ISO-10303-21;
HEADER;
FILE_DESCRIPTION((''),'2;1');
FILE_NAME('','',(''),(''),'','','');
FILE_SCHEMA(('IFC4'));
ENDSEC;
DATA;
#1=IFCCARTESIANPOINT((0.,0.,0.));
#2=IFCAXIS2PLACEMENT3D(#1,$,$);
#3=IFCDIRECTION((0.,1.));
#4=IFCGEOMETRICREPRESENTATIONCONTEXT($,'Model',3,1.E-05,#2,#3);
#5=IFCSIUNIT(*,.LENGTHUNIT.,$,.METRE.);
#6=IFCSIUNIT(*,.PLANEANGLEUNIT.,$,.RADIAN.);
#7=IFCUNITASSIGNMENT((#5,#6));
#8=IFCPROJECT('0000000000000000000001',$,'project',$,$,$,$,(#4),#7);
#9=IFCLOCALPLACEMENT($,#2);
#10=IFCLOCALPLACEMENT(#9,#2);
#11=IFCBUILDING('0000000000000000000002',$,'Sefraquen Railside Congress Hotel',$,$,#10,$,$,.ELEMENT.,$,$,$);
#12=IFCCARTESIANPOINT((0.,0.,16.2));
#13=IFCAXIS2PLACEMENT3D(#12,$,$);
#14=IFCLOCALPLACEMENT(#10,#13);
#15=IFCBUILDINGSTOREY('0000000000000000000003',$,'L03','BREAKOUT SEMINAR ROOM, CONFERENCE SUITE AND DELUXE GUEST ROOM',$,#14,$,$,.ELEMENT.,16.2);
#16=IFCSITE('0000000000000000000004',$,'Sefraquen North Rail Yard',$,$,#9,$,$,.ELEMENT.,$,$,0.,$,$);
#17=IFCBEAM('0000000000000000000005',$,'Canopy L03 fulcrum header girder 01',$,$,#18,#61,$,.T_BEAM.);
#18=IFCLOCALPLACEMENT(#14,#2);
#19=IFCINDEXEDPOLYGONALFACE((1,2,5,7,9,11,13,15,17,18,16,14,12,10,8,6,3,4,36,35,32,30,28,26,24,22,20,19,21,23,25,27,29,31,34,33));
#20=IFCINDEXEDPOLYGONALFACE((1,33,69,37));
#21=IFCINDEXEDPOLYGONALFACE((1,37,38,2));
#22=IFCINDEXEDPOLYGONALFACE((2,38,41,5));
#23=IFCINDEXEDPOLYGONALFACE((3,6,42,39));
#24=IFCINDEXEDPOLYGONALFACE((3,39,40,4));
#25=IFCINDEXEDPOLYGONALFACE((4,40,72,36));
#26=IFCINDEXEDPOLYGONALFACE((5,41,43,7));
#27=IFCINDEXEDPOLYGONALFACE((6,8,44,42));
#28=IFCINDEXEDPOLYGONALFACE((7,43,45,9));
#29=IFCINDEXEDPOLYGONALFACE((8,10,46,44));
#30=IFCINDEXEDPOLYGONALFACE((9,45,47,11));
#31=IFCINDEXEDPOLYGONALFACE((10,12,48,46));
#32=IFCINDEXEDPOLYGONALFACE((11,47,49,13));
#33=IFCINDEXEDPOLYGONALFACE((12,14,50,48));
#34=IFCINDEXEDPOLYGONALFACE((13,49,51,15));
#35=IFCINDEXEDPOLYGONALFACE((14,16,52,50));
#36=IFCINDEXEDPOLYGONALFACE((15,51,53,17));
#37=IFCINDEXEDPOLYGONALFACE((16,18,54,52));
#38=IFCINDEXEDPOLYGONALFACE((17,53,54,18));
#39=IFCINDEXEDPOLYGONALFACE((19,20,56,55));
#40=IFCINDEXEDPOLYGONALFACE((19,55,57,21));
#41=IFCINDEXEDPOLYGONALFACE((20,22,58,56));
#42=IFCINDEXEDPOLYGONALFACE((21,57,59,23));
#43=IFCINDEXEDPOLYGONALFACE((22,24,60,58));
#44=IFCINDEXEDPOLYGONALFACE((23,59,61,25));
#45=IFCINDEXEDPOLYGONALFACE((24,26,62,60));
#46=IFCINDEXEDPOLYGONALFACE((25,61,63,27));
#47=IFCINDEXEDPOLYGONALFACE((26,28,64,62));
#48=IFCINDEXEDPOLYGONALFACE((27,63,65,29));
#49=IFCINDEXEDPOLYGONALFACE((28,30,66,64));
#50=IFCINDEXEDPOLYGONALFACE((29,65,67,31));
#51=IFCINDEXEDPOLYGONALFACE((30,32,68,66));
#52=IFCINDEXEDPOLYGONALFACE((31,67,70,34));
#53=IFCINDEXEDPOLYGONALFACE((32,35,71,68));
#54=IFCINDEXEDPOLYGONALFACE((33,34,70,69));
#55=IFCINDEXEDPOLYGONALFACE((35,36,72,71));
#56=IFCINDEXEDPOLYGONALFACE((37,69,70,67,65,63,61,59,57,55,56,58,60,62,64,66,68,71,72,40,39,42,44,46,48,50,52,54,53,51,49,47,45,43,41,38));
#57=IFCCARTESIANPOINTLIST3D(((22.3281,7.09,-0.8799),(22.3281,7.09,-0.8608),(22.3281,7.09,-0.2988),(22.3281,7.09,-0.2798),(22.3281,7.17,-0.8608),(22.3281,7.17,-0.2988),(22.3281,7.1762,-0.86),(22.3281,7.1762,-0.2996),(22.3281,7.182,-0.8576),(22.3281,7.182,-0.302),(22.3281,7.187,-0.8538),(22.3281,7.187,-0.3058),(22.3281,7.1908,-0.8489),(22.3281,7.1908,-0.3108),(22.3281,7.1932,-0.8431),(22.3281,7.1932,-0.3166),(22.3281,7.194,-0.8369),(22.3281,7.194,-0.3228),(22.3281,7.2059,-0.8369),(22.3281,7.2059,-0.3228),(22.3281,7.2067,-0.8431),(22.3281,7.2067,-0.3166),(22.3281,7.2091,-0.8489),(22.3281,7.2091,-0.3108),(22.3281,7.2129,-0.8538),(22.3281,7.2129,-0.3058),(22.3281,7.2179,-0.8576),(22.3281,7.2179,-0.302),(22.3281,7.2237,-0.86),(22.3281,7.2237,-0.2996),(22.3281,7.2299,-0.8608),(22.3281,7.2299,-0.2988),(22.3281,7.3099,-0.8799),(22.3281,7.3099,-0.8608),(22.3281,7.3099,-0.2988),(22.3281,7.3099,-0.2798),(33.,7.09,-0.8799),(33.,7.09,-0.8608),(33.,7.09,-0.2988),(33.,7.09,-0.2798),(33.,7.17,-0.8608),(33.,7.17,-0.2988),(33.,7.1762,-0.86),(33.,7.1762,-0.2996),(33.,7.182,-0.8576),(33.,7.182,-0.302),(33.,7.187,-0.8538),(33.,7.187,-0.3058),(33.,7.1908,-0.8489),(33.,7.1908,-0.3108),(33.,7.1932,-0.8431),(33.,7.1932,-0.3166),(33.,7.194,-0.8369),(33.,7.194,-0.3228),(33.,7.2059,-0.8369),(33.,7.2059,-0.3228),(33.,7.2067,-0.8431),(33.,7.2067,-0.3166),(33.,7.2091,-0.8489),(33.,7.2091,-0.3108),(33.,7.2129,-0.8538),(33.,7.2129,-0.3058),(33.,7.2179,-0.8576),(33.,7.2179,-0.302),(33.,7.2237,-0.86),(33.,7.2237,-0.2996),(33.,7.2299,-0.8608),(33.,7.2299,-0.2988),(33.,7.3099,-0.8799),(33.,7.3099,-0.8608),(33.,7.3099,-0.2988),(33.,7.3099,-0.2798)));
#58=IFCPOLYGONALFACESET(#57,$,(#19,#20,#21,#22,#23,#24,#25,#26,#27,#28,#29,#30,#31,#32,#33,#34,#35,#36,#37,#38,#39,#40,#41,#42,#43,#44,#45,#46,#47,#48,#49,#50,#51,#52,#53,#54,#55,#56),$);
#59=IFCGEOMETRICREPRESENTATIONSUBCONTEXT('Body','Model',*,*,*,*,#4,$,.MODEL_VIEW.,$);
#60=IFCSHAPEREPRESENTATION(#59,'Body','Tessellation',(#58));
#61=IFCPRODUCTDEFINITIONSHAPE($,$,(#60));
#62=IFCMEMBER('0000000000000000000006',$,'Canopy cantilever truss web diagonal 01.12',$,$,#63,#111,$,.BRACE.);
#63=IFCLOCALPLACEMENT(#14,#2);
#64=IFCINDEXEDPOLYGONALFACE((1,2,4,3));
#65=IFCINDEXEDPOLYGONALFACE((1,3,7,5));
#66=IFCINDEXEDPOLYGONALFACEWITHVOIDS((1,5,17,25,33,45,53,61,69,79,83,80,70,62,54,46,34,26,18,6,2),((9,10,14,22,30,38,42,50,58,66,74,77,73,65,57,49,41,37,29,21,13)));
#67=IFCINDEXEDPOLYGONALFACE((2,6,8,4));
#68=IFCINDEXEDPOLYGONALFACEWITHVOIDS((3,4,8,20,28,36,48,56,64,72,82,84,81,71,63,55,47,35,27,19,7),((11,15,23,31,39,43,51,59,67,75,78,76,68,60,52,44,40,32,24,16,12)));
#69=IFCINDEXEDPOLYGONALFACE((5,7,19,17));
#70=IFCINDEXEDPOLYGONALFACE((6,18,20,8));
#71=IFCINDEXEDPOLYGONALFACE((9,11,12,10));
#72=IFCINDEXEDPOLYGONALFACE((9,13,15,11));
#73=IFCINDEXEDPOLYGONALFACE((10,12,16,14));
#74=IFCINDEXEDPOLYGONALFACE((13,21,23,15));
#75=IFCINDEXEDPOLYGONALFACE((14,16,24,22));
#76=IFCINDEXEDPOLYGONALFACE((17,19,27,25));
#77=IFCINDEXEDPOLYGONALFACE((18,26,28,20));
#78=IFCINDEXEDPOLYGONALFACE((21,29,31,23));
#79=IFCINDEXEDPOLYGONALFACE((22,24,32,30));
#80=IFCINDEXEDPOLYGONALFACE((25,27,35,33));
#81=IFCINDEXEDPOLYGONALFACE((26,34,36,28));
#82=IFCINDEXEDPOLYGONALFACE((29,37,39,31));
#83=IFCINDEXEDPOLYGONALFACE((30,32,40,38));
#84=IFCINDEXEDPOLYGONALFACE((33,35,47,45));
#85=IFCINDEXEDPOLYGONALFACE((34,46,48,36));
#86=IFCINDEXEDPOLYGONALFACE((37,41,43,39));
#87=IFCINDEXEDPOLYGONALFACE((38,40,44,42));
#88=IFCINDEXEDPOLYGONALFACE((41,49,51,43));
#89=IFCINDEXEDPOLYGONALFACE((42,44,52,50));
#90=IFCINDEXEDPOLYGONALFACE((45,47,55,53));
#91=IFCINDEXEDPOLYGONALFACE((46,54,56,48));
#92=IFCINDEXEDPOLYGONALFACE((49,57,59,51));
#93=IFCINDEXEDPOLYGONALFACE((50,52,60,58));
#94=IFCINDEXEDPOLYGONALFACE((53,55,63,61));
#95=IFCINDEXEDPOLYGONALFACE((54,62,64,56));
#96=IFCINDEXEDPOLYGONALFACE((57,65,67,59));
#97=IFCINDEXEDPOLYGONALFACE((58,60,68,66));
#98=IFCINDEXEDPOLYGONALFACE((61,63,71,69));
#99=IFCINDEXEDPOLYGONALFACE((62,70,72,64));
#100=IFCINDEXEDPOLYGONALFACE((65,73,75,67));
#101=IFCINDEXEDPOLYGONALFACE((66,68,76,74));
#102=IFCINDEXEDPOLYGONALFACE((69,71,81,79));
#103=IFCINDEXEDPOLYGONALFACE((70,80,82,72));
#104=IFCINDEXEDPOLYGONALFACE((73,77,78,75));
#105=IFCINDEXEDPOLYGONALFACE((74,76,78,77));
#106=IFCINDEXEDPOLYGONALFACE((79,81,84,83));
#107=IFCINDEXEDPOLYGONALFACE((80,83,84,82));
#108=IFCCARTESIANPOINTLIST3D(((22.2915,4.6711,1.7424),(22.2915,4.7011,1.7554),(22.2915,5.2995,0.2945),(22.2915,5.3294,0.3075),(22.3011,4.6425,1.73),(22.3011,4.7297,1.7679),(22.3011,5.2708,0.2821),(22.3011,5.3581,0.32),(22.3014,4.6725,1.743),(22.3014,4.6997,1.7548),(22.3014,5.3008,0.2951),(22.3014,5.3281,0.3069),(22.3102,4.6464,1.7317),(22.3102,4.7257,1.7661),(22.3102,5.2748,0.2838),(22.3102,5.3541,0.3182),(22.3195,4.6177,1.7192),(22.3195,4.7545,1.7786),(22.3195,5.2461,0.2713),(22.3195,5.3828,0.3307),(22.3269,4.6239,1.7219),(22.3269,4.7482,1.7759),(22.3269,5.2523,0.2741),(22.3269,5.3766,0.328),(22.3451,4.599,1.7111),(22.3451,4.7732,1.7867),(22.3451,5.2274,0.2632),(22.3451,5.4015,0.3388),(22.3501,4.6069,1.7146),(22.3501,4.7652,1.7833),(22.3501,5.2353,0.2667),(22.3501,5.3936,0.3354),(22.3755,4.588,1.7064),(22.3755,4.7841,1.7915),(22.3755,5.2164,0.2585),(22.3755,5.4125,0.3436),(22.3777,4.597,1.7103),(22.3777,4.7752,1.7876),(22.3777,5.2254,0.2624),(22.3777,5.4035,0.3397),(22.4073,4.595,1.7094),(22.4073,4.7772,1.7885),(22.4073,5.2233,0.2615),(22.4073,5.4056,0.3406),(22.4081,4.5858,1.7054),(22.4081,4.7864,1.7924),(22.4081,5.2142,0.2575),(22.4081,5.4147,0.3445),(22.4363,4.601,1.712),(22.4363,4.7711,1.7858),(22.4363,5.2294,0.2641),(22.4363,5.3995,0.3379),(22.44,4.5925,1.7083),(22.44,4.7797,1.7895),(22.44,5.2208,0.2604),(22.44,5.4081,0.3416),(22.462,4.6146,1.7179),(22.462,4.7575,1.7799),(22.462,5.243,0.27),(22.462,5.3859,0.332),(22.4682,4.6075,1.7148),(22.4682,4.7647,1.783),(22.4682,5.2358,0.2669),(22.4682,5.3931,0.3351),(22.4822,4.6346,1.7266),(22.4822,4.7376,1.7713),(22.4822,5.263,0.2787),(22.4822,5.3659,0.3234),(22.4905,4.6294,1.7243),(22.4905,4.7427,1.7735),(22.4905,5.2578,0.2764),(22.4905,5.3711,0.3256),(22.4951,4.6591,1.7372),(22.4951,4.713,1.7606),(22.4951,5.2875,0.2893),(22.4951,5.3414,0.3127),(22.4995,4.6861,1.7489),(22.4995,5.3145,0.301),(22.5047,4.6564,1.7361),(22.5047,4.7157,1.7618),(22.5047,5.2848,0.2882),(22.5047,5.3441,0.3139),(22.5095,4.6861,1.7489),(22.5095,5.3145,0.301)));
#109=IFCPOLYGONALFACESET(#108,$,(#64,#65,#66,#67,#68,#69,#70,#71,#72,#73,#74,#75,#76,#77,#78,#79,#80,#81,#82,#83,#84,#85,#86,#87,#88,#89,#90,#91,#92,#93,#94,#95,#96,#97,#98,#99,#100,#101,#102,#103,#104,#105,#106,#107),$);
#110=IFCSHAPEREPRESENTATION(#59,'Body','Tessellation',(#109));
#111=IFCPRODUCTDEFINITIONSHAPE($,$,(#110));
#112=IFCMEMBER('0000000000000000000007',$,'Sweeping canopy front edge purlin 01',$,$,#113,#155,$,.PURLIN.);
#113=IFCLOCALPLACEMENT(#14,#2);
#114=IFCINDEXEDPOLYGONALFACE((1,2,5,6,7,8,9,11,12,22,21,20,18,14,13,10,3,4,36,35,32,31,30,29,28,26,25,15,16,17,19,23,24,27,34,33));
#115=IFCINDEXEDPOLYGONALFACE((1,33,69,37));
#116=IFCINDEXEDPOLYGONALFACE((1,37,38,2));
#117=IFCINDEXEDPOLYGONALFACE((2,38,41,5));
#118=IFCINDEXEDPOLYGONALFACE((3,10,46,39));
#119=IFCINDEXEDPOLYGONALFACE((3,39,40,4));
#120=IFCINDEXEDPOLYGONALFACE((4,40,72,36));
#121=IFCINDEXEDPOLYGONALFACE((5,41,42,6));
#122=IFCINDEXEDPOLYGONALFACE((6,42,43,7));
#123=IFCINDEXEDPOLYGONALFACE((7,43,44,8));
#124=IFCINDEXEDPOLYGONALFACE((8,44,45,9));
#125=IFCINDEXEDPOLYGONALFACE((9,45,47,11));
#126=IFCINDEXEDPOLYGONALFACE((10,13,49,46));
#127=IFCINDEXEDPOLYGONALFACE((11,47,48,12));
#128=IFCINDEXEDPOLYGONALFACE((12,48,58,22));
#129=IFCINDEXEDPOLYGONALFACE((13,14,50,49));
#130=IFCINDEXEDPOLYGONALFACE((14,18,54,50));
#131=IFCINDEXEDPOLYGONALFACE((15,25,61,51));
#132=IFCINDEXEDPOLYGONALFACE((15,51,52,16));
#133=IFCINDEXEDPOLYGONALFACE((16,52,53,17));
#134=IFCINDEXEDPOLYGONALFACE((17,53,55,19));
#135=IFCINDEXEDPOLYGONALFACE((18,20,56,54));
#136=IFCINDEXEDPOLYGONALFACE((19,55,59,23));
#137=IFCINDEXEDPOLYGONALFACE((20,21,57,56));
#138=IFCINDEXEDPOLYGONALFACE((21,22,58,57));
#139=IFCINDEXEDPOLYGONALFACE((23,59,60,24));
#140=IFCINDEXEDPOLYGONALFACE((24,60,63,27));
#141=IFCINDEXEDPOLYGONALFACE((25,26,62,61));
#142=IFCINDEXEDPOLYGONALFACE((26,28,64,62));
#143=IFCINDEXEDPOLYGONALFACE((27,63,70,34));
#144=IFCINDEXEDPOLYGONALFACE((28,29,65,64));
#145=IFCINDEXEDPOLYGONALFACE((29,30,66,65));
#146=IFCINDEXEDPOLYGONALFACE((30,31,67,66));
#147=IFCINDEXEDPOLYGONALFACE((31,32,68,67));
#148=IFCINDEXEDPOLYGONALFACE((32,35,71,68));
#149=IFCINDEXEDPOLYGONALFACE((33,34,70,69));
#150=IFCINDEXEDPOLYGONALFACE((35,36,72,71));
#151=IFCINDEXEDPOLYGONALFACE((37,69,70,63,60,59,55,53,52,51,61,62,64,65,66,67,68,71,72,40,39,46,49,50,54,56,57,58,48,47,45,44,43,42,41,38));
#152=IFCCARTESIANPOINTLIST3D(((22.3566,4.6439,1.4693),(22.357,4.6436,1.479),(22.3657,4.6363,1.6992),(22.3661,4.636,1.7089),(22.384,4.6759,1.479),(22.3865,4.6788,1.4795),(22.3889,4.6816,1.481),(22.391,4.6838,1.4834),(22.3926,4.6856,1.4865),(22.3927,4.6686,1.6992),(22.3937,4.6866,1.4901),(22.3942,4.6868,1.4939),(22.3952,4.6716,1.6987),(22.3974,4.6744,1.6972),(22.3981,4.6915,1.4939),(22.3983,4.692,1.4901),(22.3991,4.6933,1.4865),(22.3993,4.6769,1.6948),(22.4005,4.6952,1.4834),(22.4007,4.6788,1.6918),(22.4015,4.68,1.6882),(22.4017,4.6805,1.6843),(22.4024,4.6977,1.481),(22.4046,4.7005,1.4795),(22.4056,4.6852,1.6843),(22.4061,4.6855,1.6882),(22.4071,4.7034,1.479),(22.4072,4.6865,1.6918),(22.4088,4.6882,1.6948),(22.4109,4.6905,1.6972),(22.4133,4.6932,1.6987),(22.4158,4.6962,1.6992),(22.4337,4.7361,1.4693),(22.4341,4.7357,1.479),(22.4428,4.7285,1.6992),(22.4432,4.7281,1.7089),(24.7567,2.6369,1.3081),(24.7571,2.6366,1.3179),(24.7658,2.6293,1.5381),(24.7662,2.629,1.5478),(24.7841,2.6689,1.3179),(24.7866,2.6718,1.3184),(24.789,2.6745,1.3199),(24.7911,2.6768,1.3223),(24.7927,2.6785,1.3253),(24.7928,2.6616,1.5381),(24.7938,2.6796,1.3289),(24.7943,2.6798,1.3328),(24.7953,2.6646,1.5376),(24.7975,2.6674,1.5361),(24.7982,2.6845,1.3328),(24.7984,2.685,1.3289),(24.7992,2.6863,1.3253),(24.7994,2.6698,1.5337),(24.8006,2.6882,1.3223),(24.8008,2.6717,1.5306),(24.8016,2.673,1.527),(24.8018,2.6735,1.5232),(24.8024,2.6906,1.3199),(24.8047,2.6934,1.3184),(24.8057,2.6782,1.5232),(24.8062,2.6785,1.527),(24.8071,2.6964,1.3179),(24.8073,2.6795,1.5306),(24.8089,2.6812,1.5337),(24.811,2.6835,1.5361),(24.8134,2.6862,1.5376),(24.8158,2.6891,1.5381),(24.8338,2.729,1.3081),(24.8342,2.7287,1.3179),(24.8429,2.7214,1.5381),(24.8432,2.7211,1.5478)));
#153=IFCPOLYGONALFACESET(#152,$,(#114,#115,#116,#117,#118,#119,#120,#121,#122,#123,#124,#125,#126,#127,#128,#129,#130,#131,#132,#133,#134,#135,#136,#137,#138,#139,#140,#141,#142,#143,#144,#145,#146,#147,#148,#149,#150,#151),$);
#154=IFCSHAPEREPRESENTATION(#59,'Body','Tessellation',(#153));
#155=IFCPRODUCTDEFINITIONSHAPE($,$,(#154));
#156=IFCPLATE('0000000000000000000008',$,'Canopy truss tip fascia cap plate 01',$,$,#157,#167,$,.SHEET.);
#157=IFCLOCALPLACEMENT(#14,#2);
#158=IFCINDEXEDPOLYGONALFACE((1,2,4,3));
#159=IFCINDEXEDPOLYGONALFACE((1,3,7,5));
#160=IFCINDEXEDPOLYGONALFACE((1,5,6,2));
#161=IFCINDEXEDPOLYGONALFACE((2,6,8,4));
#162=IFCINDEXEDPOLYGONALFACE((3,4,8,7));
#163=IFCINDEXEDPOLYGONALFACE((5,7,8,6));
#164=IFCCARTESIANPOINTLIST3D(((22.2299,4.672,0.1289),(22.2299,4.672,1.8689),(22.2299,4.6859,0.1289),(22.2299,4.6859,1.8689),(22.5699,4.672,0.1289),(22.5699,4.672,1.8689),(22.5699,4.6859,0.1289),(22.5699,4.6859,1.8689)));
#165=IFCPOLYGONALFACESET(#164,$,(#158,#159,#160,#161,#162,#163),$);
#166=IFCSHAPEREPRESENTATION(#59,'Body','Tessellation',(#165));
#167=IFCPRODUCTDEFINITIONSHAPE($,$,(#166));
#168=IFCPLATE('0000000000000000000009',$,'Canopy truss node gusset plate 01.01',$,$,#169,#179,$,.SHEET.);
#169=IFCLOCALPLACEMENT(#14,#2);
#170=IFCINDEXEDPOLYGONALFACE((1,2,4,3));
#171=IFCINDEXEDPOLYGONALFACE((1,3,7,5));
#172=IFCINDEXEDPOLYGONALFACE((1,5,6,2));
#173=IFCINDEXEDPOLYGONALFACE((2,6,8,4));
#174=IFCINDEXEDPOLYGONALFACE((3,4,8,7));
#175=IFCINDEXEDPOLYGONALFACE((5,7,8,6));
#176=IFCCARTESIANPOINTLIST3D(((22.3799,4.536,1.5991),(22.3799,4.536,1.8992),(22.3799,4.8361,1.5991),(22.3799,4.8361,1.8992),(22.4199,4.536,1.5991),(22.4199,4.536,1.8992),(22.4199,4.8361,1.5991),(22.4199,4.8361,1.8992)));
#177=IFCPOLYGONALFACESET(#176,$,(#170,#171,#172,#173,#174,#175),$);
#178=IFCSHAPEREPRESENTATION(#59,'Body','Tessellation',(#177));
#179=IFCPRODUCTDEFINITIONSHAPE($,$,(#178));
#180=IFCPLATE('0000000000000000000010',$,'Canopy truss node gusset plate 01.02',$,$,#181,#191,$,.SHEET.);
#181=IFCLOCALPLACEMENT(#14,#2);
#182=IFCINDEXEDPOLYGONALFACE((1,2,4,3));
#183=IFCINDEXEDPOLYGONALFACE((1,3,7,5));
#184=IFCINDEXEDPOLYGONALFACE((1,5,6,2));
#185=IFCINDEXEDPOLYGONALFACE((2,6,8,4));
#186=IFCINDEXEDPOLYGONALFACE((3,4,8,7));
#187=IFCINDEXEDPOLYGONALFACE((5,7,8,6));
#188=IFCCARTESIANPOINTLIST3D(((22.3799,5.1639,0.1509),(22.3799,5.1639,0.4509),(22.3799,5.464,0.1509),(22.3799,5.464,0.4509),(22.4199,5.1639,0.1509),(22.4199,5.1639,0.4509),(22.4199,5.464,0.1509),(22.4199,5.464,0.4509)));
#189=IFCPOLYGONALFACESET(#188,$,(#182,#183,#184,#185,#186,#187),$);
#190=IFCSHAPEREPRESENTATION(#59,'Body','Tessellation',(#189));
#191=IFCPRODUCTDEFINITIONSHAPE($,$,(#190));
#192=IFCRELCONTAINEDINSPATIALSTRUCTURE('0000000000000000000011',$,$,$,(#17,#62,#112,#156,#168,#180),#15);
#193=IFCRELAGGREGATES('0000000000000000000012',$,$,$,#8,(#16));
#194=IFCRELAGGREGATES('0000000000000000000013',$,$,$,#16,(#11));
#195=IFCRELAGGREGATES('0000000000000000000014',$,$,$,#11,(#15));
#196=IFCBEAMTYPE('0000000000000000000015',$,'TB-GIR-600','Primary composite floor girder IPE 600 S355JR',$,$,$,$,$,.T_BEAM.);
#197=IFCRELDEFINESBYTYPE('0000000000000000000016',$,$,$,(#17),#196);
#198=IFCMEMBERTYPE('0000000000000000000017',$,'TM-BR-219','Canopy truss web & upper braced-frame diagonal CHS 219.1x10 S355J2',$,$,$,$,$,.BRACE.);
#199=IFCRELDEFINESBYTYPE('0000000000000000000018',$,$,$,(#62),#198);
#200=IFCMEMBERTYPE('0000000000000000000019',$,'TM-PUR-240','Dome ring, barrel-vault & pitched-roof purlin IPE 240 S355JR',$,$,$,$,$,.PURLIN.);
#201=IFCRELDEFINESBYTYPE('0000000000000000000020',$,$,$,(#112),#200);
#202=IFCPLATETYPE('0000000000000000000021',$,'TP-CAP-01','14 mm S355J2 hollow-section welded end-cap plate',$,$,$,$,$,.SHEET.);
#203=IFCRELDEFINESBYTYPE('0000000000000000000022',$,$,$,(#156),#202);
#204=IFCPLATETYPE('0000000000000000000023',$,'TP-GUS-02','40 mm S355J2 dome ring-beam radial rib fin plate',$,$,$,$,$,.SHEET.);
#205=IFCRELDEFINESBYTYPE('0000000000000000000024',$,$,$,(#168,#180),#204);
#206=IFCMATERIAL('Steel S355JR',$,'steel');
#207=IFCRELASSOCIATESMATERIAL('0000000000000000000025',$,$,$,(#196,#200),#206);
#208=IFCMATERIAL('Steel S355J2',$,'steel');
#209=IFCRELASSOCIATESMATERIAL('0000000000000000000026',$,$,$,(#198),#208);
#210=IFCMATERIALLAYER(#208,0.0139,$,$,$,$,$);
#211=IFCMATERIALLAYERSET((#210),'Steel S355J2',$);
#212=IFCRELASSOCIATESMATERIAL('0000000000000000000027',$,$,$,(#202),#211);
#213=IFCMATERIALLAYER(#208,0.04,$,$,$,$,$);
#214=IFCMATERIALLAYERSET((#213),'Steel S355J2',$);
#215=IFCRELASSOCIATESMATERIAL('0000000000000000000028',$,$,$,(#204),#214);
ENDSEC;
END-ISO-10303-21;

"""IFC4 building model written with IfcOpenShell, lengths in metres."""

from ifc_helpers import new_model, si_unit, direction, frame, origin, origin_2d, place, context, subcontext, project, spatial, rectangle, hollow_circle, i_section, extrude, material, layer, layer_set, material_profile, profile_set, type_object, element, save


model = new_model("IFC4")

# Units and contexts
model_context = context("Model", 3, precision=1e-05, world=origin(), true_north=direction((0.0, 1.0)))
body_context = subcontext(model_context, "Body", "Model", "MODEL_VIEW")
ifc_project = project(units=[si_unit("LENGTHUNIT", "METRE"), si_unit("PLANEANGLEUNIT", "RADIAN")], contexts=[model_context])

# Site, building, storey
site_placement = place(None, origin())
site = spatial("IfcSite", under=ifc_project, at=site_placement, Name="Sefraquen North Rail Yard", CompositionType="ELEMENT", RefElevation=0.0)
building_placement = place(site_placement, origin())
building = spatial("IfcBuilding", under=site, at=building_placement, Name="Sefraquen Railside Congress Hotel", CompositionType="ELEMENT")
storey_placement = place(building_placement, frame((0.0, 0.0, 16.2)))
storey = spatial("IfcBuildingStorey", under=building, at=storey_placement, Name="L03", Description="BREAKOUT SEMINAR ROOM, CONFERENCE SUITE AND DELUXE GUEST ROOM", CompositionType="ELEMENT", Elevation=16.2)

# Beam
ifc_material_1 = material(Name="Steel S355JR", Category="steel")
ifc_material_profile_1 = material_profile(ifc_material_1, i_section(OverallWidth=0.22, OverallDepth=0.6001, WebThickness=0.012, FlangeThickness=0.019, FilletRadius=0.0239, at=origin_2d()), Name="IPE 600")
ifc_profile_set_1 = profile_set([ifc_material_profile_1], Name="Steel S355JR")
beam_type_1 = type_object("IfcBeamType", Name="TB-GIR-600", Description="Primary composite floor girder IPE 600 S355JR", PredefinedType="T_BEAM", material=ifc_profile_set_1)
for number, where, z_axis, x_axis, name in (
    (1, (22.3281, 7.2, -0.5798), (1.0, 0.0, 0.0), (0.0, 1.0, 0.0), "Canopy L03 fulcrum header girder 01"),
):
    element("IfcBeam", number, at=place(storey_placement, frame(where, z_axis=z_axis, x_axis=x_axis)), inside=storey, type_object=beam_type_1, Name=name, PredefinedType="T_BEAM", context=body_context, shape_type="SweptSolid", body=[
        extrude(i_section(OverallWidth=0.22, OverallDepth=0.6001, WebThickness=0.012, FlangeThickness=0.019, FilletRadius=0.0239, at=origin_2d()), origin(), (0.0, 0.0, 1.0), 10.6719),
    ])

# Members
ifc_material_2 = material(Name="Steel S355J2", Category="steel")
ifc_material_profile_2 = material_profile(ifc_material_2, hollow_circle(Radius=0.1096, WallThickness=0.01, at=origin_2d()), Name="CHS 219.1x10")
ifc_profile_set_2 = profile_set([ifc_material_profile_2], Name="Steel S355J2")
member_type_1 = type_object("IfcMemberType", Name="TM-BR-219", Description="Canopy truss web & upper braced-frame diagonal CHS 219.1x10 S355J2", PredefinedType="BRACE", material=ifc_profile_set_2)
member_1_placement = place(storey_placement, frame((22.3999, 5.3145, 0.301), z_axis=(0.0, -0.398115, 0.917335), x_axis=(1.0, 0.0, 0.0)))
element("IfcMember", 2, at=member_1_placement, inside=storey, type_object=member_type_1, Name="Canopy cantilever truss web diagonal 01.12", PredefinedType="BRACE", context=body_context, shape_type="SweptSolid", body=[
    extrude(hollow_circle(Radius=0.1096, WallThickness=0.01, at=origin_2d()), origin(), (0.0, 0.0, 1.0), 1.5784),
])
ifc_material_profile_3 = material_profile(ifc_material_1, i_section(OverallWidth=0.1201, OverallDepth=0.24, WebThickness=0.0061, FlangeThickness=0.0098, FilletRadius=0.0149, at=origin_2d()), Name="IPE 240")
ifc_profile_set_3 = profile_set([ifc_material_profile_3], Name="Steel S355JR")
member_type_2 = type_object("IfcMemberType", Name="TM-PUR-240", Description="Dome ring, barrel-vault & pitched-roof purlin IPE 240 S355JR", PredefinedType="PURLIN", material=ifc_profile_set_3)
member_2_placement = place(storey_placement, frame((22.3999, 4.686, 1.5891), z_axis=(0.766111, -0.640647, -0.051433), x_axis=(0.641496, 0.767126, 0.0)))
element("IfcMember", 3, at=member_2_placement, inside=storey, type_object=member_type_2, Name="Sweeping canopy front edge purlin 01", PredefinedType="PURLIN", context=body_context, shape_type="SweptSolid", body=[
    extrude(i_section(OverallWidth=0.1201, OverallDepth=0.24, WebThickness=0.0061, FlangeThickness=0.0098, FilletRadius=0.0149, at=origin_2d()), origin(), (0.0, 0.0, 1.0), 3.1328),
])

# Plates
ifc_layer_1 = layer(ifc_material_2, 0.0139)
ifc_layer_set_1 = layer_set([ifc_layer_1], Name="Steel S355J2")
plate_type_1 = type_object("IfcPlateType", Name="TP-CAP-01", Description="14 mm S355J2 hollow-section welded end-cap plate", PredefinedType="SHEET", material=ifc_layer_set_1)
plate_placement = place(storey_placement, frame((22.3999, 4.679, 0.1289), z_axis=(0.0, 0.0, 1.0), x_axis=(1.0, 0.0, 0.0)))
element("IfcPlate", 4, at=plate_placement, inside=storey, type_object=plate_type_1, Name="Canopy truss tip fascia cap plate 01", PredefinedType="SHEET", context=body_context, shape_type="SweptSolid", body=[
    extrude(rectangle(XDim=0.3401, YDim=0.0139, at=origin_2d()), origin(), (0.0, 0.0, 1.0), 1.74),
])
ifc_layer_2 = layer(ifc_material_2, 0.04)
ifc_layer_set_2 = layer_set([ifc_layer_2], Name="Steel S355J2")
plate_type_2 = type_object("IfcPlateType", Name="TP-GUS-02", Description="40 mm S355J2 dome ring-beam radial rib fin plate", PredefinedType="SHEET", material=ifc_layer_set_2)
for number, where, z_axis, x_axis, name in (
    (5, (22.3999, 4.686, 1.5991), (0.0, 0.0, 1.0), (1.0, 0.0, 0.0), "Canopy truss node gusset plate 01.01"),
    (6, (22.3999, 5.314, 0.1509), (0.0, 0.0, 1.0), (1.0, 0.0, 0.0), "Canopy truss node gusset plate 01.02"),
):
    element("IfcPlate", number, at=place(storey_placement, frame(where, z_axis=z_axis, x_axis=x_axis)), inside=storey, type_object=plate_type_2, Name=name, PredefinedType="SHEET", context=body_context, shape_type="SweptSolid", body=[
        extrude(rectangle(XDim=0.04, YDim=0.3, at=origin_2d()), origin(), (0.0, 0.0, 1.0), 0.3),
    ])

save(model, "model.ifc")
